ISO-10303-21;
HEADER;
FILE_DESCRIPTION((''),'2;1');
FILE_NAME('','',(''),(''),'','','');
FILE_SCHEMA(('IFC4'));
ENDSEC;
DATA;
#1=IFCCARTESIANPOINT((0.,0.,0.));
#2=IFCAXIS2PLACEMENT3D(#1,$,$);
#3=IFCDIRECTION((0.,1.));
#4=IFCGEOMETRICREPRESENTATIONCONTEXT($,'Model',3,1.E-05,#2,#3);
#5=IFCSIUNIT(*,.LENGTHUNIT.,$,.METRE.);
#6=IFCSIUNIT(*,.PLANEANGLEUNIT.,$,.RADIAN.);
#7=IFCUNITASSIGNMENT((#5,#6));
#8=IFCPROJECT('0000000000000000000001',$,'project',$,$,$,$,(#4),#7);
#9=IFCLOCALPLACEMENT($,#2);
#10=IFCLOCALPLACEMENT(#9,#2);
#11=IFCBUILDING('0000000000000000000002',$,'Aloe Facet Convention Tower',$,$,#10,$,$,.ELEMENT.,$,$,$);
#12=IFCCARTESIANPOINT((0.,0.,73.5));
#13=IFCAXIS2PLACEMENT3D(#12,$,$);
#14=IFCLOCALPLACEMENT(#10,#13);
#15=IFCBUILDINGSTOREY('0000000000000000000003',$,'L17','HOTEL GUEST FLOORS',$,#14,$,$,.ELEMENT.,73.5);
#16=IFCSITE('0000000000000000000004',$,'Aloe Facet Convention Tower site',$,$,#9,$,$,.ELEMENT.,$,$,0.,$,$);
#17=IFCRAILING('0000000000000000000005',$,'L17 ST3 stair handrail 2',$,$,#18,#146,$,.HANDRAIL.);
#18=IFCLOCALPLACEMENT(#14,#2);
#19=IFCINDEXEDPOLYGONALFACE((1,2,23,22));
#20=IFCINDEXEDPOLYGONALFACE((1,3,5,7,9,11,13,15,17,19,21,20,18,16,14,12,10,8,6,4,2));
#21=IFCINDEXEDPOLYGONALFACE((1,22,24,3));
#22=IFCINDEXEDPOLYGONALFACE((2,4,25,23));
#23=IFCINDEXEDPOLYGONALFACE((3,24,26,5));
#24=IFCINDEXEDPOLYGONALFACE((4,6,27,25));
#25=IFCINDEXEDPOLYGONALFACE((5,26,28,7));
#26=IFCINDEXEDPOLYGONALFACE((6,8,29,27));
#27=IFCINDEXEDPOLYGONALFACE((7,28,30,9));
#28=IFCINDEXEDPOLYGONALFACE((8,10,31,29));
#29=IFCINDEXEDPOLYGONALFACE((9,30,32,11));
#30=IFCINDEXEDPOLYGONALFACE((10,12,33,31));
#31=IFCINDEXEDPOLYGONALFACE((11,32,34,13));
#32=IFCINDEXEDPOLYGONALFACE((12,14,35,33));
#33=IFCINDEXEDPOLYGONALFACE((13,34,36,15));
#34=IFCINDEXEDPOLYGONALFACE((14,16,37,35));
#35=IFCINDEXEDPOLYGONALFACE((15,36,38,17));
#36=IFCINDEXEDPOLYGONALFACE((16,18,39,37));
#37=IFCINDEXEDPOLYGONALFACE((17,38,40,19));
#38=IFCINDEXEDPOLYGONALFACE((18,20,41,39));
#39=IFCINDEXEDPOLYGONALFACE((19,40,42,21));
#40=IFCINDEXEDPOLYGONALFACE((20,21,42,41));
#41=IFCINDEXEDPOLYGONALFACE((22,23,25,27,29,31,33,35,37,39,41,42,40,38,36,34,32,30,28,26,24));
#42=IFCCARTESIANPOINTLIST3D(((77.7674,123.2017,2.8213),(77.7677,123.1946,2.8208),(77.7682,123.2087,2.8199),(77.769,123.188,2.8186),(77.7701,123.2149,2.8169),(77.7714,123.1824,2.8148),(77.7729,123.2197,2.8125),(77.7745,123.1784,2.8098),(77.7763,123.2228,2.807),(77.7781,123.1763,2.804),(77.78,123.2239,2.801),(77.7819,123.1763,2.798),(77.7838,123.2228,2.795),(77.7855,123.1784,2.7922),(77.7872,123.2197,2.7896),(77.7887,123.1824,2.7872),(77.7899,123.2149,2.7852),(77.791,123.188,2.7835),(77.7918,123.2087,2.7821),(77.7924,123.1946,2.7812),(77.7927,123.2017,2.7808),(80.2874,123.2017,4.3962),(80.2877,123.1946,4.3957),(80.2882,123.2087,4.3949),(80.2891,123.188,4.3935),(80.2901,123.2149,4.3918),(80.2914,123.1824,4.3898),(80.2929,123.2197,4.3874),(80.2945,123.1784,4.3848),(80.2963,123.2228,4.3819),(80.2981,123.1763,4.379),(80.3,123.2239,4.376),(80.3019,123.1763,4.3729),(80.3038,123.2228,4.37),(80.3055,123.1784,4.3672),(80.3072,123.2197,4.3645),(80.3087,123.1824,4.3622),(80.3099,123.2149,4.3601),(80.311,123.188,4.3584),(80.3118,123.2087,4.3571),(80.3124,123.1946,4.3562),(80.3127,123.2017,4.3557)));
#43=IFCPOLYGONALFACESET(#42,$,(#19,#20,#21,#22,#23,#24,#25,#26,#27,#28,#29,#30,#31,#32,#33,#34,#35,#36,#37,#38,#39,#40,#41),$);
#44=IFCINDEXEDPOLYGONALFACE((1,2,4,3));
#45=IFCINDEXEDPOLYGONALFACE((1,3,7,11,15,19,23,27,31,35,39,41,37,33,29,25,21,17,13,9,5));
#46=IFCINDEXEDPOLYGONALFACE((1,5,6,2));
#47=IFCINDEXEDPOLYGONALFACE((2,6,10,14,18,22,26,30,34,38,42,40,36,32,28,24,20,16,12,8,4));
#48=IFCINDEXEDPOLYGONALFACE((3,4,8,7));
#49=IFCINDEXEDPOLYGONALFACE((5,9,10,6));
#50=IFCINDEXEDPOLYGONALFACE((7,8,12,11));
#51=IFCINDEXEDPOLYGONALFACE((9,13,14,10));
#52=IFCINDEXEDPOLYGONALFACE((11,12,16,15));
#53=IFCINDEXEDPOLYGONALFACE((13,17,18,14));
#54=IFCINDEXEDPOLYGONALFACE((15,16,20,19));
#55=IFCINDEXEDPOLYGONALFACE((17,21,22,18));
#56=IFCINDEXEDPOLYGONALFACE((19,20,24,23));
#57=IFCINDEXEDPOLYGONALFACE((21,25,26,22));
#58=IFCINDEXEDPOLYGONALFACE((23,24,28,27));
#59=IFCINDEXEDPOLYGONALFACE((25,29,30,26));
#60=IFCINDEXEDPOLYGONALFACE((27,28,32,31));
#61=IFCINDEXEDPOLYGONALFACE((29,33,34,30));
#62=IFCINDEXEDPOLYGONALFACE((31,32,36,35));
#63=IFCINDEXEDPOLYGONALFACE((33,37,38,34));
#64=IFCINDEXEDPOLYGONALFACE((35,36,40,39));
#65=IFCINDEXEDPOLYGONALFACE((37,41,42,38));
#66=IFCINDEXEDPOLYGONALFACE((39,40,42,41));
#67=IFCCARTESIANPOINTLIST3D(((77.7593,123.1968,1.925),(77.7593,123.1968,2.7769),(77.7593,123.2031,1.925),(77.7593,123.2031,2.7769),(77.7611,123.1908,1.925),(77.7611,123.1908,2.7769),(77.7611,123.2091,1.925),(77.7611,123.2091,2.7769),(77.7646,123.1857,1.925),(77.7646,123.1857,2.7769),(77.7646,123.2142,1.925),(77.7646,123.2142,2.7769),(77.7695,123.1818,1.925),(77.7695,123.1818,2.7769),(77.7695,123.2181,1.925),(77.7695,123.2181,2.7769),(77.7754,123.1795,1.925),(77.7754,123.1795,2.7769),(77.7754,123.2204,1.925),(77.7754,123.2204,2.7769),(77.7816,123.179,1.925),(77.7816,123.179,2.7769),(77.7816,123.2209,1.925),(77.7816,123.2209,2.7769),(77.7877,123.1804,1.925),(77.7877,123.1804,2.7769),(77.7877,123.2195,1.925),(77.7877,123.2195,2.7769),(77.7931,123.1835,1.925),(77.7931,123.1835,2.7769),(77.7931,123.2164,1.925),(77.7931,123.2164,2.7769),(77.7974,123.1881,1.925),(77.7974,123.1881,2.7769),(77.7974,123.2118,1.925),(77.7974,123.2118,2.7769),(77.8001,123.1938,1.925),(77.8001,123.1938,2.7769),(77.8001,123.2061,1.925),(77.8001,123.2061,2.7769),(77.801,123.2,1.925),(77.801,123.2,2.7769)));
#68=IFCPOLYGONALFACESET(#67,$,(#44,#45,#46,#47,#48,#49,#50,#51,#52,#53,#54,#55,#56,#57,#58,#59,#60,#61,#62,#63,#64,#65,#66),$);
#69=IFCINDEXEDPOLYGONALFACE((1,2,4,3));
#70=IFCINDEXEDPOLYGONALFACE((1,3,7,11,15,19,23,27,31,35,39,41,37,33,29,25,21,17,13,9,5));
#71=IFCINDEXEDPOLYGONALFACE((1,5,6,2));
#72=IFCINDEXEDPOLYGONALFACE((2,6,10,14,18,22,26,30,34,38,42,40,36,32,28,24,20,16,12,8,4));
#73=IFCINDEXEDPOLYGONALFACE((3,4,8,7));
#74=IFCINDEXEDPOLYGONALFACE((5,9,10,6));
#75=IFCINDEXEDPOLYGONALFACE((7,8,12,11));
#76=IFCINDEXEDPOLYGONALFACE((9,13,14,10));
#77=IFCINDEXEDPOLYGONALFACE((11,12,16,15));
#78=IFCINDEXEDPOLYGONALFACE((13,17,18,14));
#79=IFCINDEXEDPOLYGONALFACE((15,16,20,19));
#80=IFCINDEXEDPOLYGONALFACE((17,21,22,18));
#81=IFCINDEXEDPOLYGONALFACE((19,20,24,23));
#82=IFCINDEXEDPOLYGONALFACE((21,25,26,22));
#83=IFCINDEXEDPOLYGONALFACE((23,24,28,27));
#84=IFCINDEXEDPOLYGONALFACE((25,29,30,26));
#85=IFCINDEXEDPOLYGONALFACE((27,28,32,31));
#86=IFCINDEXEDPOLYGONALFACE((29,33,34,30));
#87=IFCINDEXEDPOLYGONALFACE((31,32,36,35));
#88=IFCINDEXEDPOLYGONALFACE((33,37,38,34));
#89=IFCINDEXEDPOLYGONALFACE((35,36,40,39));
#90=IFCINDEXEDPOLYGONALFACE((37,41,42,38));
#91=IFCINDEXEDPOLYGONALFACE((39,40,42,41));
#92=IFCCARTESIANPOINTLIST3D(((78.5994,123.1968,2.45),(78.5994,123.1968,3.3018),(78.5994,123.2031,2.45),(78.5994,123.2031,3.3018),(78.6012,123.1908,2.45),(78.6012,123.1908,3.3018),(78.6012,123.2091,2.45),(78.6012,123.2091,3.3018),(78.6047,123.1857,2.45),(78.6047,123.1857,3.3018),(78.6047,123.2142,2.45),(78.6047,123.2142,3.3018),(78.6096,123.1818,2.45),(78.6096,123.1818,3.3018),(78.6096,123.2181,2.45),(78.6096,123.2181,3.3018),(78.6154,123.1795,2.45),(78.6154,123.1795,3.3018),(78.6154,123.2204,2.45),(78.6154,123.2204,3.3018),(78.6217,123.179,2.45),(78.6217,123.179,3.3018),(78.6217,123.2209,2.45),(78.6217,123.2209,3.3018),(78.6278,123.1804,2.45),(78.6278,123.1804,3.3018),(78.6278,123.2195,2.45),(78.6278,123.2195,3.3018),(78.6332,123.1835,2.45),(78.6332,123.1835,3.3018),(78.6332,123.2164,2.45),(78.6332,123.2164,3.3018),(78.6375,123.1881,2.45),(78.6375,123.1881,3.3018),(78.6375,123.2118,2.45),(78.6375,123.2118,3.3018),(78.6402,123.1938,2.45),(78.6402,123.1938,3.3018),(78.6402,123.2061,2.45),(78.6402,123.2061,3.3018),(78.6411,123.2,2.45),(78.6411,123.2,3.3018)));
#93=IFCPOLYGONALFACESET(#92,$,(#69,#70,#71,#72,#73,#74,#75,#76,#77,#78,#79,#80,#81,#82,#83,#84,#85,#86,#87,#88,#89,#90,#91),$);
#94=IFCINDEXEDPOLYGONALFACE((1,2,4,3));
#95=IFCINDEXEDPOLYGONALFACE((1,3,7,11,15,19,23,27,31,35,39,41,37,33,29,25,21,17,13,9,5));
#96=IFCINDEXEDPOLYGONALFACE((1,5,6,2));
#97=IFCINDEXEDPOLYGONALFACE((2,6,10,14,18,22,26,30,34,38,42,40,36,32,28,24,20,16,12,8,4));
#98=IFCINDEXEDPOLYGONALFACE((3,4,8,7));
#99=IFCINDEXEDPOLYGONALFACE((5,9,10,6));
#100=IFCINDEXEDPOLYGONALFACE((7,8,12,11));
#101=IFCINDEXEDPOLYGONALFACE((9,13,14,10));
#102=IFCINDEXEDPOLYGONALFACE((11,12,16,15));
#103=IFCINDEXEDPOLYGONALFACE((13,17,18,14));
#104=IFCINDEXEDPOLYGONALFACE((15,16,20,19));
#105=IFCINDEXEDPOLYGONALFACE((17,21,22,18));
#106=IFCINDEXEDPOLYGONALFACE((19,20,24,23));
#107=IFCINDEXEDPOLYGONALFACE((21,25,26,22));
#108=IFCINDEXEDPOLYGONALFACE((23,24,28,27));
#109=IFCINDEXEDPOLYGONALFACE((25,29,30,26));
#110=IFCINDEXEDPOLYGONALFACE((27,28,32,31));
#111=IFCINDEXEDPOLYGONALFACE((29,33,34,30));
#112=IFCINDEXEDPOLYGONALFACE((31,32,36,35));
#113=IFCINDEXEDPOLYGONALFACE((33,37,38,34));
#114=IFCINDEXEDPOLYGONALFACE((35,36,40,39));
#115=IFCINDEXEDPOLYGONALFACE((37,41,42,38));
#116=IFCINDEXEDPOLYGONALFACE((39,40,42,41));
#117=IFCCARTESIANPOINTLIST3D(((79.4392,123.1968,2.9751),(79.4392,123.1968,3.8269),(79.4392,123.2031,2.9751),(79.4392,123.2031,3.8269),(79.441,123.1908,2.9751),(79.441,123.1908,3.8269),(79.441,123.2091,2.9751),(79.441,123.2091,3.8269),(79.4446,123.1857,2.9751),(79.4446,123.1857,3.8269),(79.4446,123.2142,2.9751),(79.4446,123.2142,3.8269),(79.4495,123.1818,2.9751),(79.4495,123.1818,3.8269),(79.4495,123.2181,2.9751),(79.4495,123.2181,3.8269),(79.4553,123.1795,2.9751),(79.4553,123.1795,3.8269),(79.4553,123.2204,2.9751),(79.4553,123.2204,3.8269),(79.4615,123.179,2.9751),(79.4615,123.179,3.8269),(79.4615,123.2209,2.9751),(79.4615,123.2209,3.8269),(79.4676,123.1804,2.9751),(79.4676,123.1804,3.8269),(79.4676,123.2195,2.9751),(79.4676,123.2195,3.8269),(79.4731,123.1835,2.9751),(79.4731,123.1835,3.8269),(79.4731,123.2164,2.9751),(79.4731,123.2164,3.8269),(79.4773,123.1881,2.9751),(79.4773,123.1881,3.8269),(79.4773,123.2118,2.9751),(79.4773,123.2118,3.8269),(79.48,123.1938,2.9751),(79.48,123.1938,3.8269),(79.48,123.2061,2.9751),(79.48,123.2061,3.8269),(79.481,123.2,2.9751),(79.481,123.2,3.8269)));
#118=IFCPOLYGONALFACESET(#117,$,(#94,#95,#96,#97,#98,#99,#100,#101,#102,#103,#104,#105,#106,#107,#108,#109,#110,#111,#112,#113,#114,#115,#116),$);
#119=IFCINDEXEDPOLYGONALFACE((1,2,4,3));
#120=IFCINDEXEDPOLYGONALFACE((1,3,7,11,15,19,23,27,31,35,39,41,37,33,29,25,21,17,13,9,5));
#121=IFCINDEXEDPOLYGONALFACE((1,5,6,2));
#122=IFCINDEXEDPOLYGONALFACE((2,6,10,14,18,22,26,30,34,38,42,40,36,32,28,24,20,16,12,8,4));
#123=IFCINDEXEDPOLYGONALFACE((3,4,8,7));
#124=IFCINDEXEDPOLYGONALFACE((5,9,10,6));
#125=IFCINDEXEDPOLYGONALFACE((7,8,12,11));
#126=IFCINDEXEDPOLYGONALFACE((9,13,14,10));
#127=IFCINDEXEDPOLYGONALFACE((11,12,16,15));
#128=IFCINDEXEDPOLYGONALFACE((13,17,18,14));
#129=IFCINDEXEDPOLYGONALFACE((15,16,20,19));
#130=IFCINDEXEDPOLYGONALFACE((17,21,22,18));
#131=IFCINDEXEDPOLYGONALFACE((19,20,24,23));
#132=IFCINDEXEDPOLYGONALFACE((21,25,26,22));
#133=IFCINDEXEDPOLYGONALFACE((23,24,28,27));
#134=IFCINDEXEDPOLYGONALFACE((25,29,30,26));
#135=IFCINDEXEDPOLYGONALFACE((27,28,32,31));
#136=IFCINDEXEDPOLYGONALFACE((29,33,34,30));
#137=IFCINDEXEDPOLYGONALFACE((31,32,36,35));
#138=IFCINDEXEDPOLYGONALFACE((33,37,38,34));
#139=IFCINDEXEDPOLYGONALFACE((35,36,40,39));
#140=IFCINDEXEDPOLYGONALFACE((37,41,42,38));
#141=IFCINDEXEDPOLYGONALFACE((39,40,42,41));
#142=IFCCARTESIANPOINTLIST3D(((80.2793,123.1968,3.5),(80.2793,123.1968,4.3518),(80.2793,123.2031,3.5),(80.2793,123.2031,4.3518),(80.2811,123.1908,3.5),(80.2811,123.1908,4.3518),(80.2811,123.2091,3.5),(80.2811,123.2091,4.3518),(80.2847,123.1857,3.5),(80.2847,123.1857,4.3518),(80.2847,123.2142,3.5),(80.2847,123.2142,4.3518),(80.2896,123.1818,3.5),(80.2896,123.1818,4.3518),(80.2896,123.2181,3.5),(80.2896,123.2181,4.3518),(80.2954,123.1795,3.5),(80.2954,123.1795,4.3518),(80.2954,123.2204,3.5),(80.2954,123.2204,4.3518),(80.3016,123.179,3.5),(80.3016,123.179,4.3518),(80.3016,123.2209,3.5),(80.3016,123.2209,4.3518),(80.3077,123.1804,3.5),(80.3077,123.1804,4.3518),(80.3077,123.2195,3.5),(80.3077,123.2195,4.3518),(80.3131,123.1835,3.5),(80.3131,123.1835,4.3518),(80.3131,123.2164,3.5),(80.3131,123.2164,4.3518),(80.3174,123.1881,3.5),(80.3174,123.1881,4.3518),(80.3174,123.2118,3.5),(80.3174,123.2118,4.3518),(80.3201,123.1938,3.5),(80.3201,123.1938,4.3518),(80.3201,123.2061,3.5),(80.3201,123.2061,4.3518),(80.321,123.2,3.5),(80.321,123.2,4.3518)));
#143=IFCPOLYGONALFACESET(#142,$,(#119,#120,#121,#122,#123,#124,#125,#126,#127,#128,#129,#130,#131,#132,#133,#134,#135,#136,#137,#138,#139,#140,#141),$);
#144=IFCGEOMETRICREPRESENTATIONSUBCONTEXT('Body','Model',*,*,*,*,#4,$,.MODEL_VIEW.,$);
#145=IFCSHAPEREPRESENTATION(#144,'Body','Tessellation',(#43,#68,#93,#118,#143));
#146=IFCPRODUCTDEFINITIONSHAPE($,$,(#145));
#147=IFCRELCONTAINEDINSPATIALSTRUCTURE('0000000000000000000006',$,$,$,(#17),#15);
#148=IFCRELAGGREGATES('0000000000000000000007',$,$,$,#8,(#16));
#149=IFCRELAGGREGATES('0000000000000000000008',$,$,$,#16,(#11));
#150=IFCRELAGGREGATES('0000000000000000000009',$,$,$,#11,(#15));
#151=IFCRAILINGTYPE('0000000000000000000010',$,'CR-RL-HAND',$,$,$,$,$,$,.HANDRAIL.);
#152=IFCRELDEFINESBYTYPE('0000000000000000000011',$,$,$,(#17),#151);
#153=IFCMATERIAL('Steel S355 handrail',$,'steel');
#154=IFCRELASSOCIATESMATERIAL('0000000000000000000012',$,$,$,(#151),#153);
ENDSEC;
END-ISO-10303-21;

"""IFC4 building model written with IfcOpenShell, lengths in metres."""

from ifc_helpers import new_model, si_unit, direction, frame, origin, origin_2d, place, context, subcontext, project, spatial, circle, extrude, material, type_object, element, save


model = new_model("IFC4")

# Units and contexts
model_context = context("Model", 3, precision=1e-05, world=origin(), true_north=direction((0.0, 1.0)))
body_context = subcontext(model_context, "Body", "Model", "MODEL_VIEW")
ifc_project = project(units=[si_unit("LENGTHUNIT", "METRE"), si_unit("PLANEANGLEUNIT", "RADIAN")], contexts=[model_context])

# Site, building, storey
site_placement = place(None, origin())
site = spatial("IfcSite", under=ifc_project, at=site_placement, Name="Aloe Facet Convention Tower site", CompositionType="ELEMENT", RefElevation=0.0)
building_placement = place(site_placement, origin())
building = spatial("IfcBuilding", under=site, at=building_placement, Name="Aloe Facet Convention Tower", CompositionType="ELEMENT")
storey_placement = place(building_placement, frame((0.0, 0.0, 73.5)))
storey = spatial("IfcBuildingStorey", under=building, at=storey_placement, Name="L17", Description="HOTEL GUEST FLOORS", CompositionType="ELEMENT", Elevation=73.5)

# Railing
ifc_material_1 = material(Name="Steel S355 handrail", Category="steel")
railing_type_1 = type_object("IfcRailingType", Name="CR-RL-HAND", PredefinedType="HANDRAIL", material=ifc_material_1)
railing_1_placement = place(storey_placement, frame((77.78, 123.2, 1.925)))
element("IfcRailing", 1, at=railing_1_placement, inside=storey, type_object=railing_type_1, Name="L17 ST3 stair handrail 2", PredefinedType="HANDRAIL", context=body_context, shape_type="SweptSolid", body=[
    extrude(circle(Radius=0.0239, at=origin_2d()), frame((0.0, 0.0, 0.876), z_axis=(0.848008, 0.0, 0.529984), x_axis=(0.0, 1.0, 0.0)), (0.0, 0.0, 1.0), 2.9717),
    extrude(circle(Radius=0.021, at=origin_2d()), origin(), (0.0, 0.0, 1.0), 0.8518),
    extrude(circle(Radius=0.021, at=origin_2d()), frame((0.8401, 0.0, 0.5249)), (0.0, 0.0, 1.0), 0.8518),
    extrude(circle(Radius=0.021, at=origin_2d()), frame((1.6799, 0.0, 1.05)), (0.0, 0.0, 1.0), 0.8518),
    extrude(circle(Radius=0.021, at=origin_2d()), frame((2.52, 0.0, 1.575)), (0.0, 0.0, 1.0), 0.8518),
])

save(model, "model.ifc")
